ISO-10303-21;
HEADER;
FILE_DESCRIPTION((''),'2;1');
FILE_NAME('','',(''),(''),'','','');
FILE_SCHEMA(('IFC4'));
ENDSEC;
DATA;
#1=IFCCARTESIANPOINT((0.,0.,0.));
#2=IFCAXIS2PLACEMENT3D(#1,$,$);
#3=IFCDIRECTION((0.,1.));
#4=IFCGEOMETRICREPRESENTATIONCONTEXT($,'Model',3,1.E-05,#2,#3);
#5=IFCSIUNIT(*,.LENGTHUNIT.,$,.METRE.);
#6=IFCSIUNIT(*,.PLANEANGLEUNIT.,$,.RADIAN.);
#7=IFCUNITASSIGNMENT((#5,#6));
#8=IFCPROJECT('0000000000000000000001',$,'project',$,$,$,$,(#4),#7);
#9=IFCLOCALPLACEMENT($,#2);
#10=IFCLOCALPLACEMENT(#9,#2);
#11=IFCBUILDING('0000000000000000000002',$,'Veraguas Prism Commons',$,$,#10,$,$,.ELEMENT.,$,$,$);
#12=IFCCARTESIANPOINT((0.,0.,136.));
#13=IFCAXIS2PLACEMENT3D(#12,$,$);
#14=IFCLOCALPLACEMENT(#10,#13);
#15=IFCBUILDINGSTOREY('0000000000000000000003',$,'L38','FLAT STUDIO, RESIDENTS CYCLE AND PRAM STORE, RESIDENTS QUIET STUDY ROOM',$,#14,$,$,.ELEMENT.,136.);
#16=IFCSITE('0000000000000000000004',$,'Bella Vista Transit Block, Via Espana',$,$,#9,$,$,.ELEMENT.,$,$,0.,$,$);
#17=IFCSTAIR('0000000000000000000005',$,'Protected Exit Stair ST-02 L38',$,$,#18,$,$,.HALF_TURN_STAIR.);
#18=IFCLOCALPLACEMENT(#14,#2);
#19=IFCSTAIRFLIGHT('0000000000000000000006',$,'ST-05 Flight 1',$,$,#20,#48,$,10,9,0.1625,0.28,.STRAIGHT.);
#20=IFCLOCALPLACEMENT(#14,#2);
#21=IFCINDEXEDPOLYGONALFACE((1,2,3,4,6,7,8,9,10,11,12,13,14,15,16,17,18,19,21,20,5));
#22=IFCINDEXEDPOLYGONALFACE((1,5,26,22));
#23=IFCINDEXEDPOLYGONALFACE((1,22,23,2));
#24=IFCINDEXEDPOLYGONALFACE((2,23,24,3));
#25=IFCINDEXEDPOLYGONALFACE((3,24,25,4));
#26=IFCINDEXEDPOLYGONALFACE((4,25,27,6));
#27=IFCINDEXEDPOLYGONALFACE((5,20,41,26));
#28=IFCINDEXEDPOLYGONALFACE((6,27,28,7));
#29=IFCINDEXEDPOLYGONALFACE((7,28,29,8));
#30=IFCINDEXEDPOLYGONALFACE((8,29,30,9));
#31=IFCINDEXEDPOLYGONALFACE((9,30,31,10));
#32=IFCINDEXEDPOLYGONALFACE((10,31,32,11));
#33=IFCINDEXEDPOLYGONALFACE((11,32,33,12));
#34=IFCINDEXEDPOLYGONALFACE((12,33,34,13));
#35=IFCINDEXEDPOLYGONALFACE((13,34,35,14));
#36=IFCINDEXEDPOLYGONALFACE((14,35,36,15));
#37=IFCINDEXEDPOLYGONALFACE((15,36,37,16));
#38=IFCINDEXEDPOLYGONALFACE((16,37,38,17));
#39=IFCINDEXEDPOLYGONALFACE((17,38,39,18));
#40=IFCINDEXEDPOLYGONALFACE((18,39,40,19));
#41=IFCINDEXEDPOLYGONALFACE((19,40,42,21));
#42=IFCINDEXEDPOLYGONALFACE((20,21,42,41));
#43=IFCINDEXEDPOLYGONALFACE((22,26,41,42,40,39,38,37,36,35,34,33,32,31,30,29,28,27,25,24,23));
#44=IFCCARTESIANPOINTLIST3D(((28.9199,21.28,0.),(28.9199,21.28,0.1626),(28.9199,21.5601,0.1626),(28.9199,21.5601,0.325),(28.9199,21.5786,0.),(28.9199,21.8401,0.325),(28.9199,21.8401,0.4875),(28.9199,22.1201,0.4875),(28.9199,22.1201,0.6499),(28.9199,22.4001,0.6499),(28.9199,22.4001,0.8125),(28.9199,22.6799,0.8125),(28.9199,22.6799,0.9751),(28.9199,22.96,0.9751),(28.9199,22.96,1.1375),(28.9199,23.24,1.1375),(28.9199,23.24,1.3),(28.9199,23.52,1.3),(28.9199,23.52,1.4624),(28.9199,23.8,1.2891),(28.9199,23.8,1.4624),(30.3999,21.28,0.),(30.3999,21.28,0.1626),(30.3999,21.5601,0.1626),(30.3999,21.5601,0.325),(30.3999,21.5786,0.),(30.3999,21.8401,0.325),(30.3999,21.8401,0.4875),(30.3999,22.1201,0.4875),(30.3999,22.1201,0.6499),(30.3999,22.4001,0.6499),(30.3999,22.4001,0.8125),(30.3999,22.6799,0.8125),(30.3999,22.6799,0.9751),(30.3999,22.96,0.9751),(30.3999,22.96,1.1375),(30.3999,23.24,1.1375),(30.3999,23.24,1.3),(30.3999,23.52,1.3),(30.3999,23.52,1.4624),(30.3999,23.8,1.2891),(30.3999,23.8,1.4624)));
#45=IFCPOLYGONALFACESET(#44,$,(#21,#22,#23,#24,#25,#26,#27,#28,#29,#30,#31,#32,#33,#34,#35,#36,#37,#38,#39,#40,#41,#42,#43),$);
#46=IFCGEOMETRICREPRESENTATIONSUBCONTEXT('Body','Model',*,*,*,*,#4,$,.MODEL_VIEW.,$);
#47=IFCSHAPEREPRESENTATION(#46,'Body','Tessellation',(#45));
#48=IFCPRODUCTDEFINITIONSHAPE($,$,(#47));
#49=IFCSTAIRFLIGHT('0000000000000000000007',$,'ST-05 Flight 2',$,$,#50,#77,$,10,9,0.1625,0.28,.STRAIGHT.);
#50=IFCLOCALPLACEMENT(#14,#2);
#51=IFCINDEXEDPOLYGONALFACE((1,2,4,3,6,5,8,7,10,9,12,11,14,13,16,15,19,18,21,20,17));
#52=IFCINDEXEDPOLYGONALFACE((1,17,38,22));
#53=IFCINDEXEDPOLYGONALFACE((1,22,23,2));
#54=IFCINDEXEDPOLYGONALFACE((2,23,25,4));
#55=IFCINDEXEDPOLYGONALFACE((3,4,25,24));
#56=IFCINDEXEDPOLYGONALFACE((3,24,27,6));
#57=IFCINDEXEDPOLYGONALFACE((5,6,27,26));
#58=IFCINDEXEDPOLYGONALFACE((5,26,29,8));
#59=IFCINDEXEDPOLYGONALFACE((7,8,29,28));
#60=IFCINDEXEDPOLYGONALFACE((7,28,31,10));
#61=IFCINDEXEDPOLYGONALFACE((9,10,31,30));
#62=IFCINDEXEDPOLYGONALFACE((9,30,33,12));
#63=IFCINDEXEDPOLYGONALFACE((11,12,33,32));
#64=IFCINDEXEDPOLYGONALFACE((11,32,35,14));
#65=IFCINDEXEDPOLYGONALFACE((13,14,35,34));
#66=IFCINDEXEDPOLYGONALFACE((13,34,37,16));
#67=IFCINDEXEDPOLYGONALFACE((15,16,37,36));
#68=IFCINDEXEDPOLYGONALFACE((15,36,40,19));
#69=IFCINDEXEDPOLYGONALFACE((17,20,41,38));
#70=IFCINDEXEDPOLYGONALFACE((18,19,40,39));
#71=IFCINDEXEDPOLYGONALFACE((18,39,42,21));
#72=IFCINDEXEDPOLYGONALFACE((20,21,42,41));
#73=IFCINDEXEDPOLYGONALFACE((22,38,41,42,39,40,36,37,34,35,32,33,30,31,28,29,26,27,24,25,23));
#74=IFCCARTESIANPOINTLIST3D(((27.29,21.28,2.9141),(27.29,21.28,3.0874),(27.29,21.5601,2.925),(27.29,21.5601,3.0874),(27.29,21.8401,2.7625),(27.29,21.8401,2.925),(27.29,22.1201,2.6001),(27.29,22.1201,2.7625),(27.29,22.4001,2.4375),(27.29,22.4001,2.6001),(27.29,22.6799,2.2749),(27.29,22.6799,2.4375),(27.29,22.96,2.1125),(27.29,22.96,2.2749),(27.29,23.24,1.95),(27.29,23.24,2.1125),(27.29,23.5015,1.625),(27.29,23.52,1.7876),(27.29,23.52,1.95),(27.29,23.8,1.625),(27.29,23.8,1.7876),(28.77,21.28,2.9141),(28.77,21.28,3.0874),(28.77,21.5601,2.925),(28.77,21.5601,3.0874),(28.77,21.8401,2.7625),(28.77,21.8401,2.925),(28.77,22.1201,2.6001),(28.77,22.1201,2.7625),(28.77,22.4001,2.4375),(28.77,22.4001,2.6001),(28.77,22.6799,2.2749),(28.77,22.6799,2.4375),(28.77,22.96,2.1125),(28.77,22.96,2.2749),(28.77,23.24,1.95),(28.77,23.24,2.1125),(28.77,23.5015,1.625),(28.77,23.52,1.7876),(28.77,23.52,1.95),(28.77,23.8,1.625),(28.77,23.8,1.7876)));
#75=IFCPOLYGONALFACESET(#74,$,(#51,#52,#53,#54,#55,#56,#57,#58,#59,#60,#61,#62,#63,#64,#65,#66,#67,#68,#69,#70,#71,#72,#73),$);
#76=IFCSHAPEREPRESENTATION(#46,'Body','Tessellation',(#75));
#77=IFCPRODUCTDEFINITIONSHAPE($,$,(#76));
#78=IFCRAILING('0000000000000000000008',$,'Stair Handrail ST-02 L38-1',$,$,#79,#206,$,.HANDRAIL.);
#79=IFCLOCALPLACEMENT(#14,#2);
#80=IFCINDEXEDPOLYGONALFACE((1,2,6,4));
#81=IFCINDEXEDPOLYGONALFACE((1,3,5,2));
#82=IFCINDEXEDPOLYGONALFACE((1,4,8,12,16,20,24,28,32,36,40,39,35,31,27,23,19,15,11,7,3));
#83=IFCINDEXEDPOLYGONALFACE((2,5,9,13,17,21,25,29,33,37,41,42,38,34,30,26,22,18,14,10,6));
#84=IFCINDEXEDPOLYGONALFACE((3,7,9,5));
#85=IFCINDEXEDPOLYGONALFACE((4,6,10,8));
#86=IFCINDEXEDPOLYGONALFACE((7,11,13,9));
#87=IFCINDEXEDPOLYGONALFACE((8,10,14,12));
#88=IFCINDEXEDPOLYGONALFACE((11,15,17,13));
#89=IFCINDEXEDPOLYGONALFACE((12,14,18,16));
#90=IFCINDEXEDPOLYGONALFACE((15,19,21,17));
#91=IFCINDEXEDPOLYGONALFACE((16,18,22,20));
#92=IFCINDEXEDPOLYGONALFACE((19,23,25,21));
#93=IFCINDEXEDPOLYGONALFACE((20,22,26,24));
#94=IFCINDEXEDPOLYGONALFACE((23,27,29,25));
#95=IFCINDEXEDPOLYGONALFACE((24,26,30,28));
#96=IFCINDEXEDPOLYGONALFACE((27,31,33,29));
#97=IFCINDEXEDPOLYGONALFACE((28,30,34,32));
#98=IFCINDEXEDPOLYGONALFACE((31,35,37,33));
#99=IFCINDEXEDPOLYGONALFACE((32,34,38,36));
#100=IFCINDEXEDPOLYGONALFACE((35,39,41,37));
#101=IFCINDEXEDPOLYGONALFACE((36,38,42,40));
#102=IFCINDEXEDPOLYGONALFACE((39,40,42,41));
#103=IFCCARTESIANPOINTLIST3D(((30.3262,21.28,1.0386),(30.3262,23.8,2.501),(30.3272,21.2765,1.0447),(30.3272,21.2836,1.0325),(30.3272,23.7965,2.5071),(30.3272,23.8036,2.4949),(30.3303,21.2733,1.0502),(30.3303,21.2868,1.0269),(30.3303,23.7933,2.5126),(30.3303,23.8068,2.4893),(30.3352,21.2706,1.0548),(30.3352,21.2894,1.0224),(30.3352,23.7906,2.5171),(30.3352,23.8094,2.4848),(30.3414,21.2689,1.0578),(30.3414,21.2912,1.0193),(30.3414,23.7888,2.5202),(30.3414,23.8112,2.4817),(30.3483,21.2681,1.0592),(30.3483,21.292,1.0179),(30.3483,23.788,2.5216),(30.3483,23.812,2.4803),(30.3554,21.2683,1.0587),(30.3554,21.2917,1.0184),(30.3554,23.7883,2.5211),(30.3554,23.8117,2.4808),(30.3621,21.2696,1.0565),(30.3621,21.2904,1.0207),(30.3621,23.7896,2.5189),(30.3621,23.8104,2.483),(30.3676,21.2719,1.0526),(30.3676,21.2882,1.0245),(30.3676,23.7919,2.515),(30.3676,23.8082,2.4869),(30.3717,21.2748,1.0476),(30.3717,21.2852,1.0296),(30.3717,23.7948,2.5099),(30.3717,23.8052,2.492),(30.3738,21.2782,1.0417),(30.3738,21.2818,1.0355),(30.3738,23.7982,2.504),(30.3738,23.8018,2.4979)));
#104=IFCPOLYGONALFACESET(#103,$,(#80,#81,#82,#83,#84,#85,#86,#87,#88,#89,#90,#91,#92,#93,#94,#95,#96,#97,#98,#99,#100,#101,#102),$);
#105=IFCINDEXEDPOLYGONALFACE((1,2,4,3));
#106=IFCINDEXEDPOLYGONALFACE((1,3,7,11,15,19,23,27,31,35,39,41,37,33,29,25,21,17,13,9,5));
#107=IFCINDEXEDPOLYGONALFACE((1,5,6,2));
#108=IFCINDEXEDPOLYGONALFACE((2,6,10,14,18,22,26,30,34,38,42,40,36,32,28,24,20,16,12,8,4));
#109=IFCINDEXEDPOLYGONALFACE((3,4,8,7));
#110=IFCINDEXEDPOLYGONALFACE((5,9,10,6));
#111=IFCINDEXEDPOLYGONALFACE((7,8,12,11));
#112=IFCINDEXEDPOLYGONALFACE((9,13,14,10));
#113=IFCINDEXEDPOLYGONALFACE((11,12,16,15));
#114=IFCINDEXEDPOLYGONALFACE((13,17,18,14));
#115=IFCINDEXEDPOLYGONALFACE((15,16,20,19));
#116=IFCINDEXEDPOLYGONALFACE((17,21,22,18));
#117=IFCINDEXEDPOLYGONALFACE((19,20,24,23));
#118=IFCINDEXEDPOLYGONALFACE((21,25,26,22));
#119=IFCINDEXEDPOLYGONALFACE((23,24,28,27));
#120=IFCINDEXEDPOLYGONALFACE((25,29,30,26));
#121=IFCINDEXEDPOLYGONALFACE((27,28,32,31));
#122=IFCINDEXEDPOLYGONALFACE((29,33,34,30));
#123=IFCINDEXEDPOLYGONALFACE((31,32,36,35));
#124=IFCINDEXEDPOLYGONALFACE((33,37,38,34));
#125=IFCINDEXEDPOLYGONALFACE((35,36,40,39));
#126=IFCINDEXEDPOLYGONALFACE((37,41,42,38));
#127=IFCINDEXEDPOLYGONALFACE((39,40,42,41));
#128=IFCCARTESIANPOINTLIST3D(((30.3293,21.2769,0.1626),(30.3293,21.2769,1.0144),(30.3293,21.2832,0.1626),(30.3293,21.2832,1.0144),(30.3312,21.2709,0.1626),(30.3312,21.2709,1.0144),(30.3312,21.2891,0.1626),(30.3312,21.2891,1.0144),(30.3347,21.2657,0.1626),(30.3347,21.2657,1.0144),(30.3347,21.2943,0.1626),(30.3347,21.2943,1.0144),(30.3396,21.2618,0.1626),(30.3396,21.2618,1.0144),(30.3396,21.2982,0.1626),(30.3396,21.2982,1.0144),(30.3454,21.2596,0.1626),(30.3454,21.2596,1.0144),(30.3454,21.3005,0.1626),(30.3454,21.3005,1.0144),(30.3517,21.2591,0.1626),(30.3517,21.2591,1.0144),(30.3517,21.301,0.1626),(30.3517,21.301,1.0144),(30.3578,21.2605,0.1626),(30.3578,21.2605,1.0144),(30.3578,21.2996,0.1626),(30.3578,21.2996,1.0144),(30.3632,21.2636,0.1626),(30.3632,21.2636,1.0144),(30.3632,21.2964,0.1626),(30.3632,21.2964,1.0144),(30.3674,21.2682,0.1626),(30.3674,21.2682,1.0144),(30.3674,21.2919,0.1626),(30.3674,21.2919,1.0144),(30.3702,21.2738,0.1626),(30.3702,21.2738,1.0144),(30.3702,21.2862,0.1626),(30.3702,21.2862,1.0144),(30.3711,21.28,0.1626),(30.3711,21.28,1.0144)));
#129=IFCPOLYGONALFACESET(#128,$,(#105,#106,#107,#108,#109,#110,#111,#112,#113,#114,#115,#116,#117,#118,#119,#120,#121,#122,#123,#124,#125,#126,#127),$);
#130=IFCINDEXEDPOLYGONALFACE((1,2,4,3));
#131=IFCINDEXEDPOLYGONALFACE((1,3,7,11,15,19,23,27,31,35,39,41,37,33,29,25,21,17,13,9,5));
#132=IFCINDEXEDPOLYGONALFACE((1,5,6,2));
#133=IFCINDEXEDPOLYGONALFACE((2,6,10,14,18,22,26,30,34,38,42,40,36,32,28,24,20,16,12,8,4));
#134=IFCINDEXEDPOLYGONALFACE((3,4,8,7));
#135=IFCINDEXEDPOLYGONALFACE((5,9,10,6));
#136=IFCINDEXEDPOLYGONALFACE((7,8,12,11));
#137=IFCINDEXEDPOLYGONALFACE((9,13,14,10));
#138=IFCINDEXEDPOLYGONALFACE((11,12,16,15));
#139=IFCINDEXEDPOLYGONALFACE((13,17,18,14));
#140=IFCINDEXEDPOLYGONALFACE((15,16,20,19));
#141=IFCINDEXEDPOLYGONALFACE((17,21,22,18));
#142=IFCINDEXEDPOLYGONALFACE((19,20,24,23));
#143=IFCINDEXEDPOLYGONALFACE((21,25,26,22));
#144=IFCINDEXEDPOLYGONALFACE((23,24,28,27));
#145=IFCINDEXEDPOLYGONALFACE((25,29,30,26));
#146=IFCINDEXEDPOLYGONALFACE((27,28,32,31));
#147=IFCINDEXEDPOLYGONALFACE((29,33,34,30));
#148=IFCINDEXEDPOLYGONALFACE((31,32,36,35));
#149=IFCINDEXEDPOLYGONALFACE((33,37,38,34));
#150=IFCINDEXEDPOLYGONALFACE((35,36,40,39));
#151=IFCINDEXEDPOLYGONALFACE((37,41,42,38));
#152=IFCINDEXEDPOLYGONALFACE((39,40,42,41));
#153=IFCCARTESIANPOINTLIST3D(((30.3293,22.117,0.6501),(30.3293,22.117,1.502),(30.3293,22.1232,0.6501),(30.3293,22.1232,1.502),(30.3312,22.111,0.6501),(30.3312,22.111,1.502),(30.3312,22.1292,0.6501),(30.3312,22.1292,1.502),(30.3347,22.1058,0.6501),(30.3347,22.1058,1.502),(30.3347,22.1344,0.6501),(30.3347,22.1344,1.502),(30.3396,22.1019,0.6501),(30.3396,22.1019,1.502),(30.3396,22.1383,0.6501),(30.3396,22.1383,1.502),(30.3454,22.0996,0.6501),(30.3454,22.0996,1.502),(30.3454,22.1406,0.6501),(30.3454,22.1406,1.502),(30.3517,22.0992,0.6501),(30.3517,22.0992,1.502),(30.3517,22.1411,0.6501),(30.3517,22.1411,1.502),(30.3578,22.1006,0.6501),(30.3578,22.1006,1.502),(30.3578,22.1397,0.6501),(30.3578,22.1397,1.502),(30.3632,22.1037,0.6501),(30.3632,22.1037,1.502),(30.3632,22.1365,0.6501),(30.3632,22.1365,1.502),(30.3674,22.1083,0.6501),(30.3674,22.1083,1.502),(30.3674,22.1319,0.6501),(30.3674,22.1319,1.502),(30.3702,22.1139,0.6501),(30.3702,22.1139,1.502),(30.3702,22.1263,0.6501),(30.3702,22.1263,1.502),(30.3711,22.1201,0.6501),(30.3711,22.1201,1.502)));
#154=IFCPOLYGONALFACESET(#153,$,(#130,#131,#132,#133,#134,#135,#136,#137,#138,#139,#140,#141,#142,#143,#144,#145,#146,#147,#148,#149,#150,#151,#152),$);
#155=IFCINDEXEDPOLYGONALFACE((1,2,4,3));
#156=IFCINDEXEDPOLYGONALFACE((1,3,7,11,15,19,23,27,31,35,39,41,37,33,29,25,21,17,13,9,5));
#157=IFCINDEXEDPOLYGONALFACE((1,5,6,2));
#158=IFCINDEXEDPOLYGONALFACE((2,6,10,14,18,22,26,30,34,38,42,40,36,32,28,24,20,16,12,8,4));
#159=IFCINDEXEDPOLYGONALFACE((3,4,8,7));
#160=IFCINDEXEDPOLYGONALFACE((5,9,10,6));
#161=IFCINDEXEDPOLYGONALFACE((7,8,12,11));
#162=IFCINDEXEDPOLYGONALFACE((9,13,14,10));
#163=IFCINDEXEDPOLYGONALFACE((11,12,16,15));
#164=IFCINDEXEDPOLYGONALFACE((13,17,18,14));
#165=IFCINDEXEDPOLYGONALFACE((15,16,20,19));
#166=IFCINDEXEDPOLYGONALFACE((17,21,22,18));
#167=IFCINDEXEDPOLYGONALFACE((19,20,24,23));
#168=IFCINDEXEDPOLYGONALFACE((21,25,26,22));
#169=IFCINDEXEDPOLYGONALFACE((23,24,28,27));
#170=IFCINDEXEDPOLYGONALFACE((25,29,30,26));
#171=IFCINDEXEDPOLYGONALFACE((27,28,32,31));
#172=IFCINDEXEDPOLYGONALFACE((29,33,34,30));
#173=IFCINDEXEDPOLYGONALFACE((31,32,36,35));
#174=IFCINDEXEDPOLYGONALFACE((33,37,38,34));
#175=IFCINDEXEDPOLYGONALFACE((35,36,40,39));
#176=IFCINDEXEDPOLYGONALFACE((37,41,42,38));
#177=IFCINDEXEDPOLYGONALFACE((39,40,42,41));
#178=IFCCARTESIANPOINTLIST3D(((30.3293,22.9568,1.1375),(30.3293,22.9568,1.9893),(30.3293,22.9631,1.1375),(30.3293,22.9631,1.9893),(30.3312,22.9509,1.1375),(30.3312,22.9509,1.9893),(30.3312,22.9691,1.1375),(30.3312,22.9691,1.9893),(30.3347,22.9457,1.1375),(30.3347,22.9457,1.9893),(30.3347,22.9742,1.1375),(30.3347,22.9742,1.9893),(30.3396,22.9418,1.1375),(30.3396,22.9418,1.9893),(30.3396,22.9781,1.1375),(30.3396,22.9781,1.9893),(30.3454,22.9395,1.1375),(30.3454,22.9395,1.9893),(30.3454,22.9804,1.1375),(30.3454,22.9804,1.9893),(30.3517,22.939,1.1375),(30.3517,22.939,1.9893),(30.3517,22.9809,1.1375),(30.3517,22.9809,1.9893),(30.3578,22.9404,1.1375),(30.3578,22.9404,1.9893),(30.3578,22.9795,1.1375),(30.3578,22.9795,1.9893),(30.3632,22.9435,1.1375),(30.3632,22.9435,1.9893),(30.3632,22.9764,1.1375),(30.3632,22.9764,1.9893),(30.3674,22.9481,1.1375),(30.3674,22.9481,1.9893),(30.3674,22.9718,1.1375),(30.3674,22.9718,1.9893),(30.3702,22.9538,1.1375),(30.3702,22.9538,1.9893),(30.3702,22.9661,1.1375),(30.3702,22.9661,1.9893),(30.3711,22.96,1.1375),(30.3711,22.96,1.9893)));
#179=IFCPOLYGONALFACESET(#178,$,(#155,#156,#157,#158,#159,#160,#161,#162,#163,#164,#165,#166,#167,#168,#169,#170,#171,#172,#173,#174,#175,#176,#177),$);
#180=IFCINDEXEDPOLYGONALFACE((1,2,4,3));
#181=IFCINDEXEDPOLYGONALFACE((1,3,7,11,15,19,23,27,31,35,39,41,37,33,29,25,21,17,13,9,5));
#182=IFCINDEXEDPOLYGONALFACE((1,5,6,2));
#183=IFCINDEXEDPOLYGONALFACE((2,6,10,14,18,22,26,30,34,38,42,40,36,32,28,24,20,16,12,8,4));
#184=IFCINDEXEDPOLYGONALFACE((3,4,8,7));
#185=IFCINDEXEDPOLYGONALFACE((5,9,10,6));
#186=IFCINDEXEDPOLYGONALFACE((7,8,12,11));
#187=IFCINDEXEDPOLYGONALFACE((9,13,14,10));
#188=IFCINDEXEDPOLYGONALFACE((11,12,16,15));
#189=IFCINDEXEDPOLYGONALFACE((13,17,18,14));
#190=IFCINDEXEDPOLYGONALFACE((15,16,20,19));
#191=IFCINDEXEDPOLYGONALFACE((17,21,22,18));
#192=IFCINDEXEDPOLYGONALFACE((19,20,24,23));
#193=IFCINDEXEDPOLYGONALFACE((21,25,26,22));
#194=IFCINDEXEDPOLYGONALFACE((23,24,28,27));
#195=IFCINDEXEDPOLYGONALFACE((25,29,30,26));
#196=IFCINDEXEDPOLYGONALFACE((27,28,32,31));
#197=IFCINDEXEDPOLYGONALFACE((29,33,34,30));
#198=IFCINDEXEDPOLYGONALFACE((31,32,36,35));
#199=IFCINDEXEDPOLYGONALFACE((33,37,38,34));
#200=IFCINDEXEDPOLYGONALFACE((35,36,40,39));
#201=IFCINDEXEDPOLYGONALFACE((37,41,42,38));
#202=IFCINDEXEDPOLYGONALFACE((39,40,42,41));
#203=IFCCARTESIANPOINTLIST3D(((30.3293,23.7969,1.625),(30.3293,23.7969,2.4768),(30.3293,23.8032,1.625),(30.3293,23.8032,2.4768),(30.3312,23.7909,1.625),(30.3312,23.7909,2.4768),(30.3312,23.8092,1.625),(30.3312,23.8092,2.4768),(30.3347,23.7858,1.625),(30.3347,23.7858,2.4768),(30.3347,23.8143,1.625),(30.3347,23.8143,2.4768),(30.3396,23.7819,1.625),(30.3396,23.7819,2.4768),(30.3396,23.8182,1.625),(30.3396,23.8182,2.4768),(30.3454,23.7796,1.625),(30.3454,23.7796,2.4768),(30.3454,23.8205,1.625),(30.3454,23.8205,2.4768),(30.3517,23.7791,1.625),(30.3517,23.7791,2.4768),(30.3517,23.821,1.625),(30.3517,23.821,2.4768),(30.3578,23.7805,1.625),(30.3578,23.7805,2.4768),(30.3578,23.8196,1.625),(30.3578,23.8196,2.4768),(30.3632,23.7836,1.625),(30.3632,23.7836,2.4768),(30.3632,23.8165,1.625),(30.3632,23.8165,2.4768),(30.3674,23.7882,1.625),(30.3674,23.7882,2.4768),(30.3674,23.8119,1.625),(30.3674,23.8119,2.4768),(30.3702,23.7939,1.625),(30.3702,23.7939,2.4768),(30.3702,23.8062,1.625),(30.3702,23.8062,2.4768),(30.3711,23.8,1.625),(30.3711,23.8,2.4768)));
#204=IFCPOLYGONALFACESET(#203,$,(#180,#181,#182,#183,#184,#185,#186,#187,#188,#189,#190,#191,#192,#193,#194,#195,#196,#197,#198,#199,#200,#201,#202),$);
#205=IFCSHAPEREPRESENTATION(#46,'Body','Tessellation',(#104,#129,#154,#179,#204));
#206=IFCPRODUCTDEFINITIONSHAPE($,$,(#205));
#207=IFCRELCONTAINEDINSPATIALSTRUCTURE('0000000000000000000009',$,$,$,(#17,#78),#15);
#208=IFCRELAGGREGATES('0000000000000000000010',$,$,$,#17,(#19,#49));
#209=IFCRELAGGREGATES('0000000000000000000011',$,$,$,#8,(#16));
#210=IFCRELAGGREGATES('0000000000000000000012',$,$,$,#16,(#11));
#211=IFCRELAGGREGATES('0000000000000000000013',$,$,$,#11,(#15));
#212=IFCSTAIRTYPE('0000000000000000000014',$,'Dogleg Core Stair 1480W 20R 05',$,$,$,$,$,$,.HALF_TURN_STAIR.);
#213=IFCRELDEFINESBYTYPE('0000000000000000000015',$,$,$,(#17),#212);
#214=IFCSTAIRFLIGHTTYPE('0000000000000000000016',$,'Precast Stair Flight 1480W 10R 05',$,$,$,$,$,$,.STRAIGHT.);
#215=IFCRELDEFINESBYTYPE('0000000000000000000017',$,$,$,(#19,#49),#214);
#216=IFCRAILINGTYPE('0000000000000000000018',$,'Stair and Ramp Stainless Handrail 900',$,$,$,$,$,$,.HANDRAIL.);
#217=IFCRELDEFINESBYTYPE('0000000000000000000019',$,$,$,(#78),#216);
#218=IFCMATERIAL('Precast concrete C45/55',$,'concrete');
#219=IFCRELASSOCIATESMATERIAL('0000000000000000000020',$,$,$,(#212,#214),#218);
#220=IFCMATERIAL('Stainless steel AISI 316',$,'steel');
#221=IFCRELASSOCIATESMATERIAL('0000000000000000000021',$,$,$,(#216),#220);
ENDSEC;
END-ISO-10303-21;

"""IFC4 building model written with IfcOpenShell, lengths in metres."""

from ifc_helpers import new_model, si_unit, direction, frame, origin, origin_2d, place, context, subcontext, project, spatial, polyline, circle, outline, extrude, material, type_object, element, aggregate, save


model = new_model("IFC4")

# Units and contexts
model_context = context("Model", 3, precision=1e-05, world=origin(), true_north=direction((0.0, 1.0)))
body_context = subcontext(model_context, "Body", "Model", "MODEL_VIEW")
ifc_project = project(units=[si_unit("LENGTHUNIT", "METRE"), si_unit("PLANEANGLEUNIT", "RADIAN")], contexts=[model_context])

# Site, building, storey
site_placement = place(None, origin())
site = spatial("IfcSite", under=ifc_project, at=site_placement, Name="Bella Vista Transit Block, Via Espana", CompositionType="ELEMENT", RefElevation=0.0)
building_placement = place(site_placement, origin())
building = spatial("IfcBuilding", under=site, at=building_placement, Name="Veraguas Prism Commons", CompositionType="ELEMENT")
storey_placement = place(building_placement, frame((0.0, 0.0, 136.0)))
storey = spatial("IfcBuildingStorey", under=building, at=storey_placement, Name="L38", Description="FLAT STUDIO, RESIDENTS CYCLE AND PRAM STORE, RESIDENTS QUIET STUDY ROOM", CompositionType="ELEMENT", Elevation=136.0)

# Shared definitions
ifc_material_1 = material(Name="Stainless steel AISI 316", Category="steel")

# Stair, stair flights
ifc_material_2 = material(Name="Precast concrete C45/55", Category="concrete")
stair_type = type_object("IfcStairType", Name="Dogleg Core Stair 1480W 20R 05", PredefinedType="HALF_TURN_STAIR", material=ifc_material_2)
stair_placement = place(storey_placement, origin())
stair = element("IfcStair", 1, at=stair_placement, inside=storey, type_object=stair_type, Name="Protected Exit Stair ST-02 L38", PredefinedType="HALF_TURN_STAIR")
stair_flight_type = type_object("IfcStairFlightType", Name="Precast Stair Flight 1480W 10R 05", PredefinedType="STRAIGHT", material=ifc_material_2)
stair_flight_1_placement = place(storey_placement, frame((29.6599, 21.28, 0.0), z_axis=(0.0, 0.0, 1.0), x_axis=(0.0, 1.0, 0.0)))
stair_flight_1 = element("IfcStairFlight", 2, at=stair_flight_1_placement, type_object=stair_flight_type, Name="ST-05 Flight 1", NumberOfRisers=10, NumberOfTreads=9, PredefinedType="STRAIGHT", RiserHeight=0.1625, TreadLength=0.28, context=body_context, shape_type="SweptSolid", body=[
    extrude(outline(polyline([(0.0, 0.0), (0.0, 0.1626), (0.28, 0.1626), (0.28, 0.325), (0.5601, 0.325), (0.5601, 0.4875), (0.8401, 0.4875), (0.8401, 0.6499), (1.1201, 0.6499), (1.1201, 0.8125), (1.3999, 0.8125), (1.3999, 0.9751), (1.6799, 0.9751), (1.6799, 1.1375), (1.96, 1.1375), (1.96, 1.3), (2.24, 1.3), (2.24, 1.4624), (2.52, 1.4624), (2.52, 1.625), (2.52, 1.2891), (0.2986, 0.0), (0.0, 0.0)])), frame((0.0, 0.74, 0.0), z_axis=(0.0, -1.0, 0.0), x_axis=(1.0, 0.0, 0.0)), (0.0, 0.0, 1.0), 1.48),
])
stair_flight_2_placement = place(storey_placement, frame((28.03, 23.8, 1.625), z_axis=(0.0, 0.0, 1.0), x_axis=(0.0, -1.0, 0.0)))
stair_flight_2 = element("IfcStairFlight", 3, at=stair_flight_2_placement, type_object=stair_flight_type, Name="ST-05 Flight 2", NumberOfRisers=10, NumberOfTreads=9, PredefinedType="STRAIGHT", RiserHeight=0.1625, TreadLength=0.28, context=body_context, shape_type="SweptSolid", body=[
    extrude(outline(polyline([(0.0, 0.0), (0.0, 0.1626), (0.28, 0.1626), (0.28, 0.325), (0.5601, 0.325), (0.5601, 0.4875), (0.8401, 0.4875), (0.8401, 0.6499), (1.1201, 0.6499), (1.1201, 0.8125), (1.3999, 0.8125), (1.3999, 0.9751), (1.6799, 0.9751), (1.6799, 1.1375), (1.96, 1.1375), (1.96, 1.3), (2.24, 1.3), (2.24, 1.4624), (2.52, 1.4624), (2.52, 1.625), (2.52, 1.2891), (0.2986, 0.0), (0.0, 0.0)])), frame((0.0, 0.74, 0.0), z_axis=(0.0, -1.0, 0.0), x_axis=(1.0, 0.0, 0.0)), (0.0, 0.0, 1.0), 1.48),
])
aggregate(stair, [stair_flight_1, stair_flight_2])

# Railing
railing_type_1 = type_object("IfcRailingType", Name="Stair and Ramp Stainless Handrail 900", PredefinedType="HANDRAIL", material=ifc_material_1)
railing_1_placement = place(storey_placement, frame((30.3501, 21.28, 0.1626)))
element("IfcRailing", 4, at=railing_1_placement, inside=storey, type_object=railing_type_1, Name="Stair Handrail ST-02 L38-1", PredefinedType="HANDRAIL", context=body_context, shape_type="SweptSolid", body=[
    extrude(circle(Radius=0.0239, at=origin_2d()), frame((0.0, 0.0, 0.876), z_axis=(0.0, 0.864913, 0.501921), x_axis=(-1.0, 0.0, 0.0)), (0.0, 0.0, 1.0), 2.9136),
    extrude(circle(Radius=0.021, at=origin_2d()), origin(), (0.0, 0.0, 1.0), 0.8518),
    extrude(circle(Radius=0.021, at=origin_2d()), frame((0.0, 0.8401, 0.4875)), (0.0, 0.0, 1.0), 0.8518),
    extrude(circle(Radius=0.021, at=origin_2d()), frame((0.0, 1.6799, 0.9749)), (0.0, 0.0, 1.0), 0.8518),
    extrude(circle(Radius=0.021, at=origin_2d()), frame((0.0, 2.52, 1.4624)), (0.0, 0.0, 1.0), 0.8518),
])

save(model, "model.ifc")
